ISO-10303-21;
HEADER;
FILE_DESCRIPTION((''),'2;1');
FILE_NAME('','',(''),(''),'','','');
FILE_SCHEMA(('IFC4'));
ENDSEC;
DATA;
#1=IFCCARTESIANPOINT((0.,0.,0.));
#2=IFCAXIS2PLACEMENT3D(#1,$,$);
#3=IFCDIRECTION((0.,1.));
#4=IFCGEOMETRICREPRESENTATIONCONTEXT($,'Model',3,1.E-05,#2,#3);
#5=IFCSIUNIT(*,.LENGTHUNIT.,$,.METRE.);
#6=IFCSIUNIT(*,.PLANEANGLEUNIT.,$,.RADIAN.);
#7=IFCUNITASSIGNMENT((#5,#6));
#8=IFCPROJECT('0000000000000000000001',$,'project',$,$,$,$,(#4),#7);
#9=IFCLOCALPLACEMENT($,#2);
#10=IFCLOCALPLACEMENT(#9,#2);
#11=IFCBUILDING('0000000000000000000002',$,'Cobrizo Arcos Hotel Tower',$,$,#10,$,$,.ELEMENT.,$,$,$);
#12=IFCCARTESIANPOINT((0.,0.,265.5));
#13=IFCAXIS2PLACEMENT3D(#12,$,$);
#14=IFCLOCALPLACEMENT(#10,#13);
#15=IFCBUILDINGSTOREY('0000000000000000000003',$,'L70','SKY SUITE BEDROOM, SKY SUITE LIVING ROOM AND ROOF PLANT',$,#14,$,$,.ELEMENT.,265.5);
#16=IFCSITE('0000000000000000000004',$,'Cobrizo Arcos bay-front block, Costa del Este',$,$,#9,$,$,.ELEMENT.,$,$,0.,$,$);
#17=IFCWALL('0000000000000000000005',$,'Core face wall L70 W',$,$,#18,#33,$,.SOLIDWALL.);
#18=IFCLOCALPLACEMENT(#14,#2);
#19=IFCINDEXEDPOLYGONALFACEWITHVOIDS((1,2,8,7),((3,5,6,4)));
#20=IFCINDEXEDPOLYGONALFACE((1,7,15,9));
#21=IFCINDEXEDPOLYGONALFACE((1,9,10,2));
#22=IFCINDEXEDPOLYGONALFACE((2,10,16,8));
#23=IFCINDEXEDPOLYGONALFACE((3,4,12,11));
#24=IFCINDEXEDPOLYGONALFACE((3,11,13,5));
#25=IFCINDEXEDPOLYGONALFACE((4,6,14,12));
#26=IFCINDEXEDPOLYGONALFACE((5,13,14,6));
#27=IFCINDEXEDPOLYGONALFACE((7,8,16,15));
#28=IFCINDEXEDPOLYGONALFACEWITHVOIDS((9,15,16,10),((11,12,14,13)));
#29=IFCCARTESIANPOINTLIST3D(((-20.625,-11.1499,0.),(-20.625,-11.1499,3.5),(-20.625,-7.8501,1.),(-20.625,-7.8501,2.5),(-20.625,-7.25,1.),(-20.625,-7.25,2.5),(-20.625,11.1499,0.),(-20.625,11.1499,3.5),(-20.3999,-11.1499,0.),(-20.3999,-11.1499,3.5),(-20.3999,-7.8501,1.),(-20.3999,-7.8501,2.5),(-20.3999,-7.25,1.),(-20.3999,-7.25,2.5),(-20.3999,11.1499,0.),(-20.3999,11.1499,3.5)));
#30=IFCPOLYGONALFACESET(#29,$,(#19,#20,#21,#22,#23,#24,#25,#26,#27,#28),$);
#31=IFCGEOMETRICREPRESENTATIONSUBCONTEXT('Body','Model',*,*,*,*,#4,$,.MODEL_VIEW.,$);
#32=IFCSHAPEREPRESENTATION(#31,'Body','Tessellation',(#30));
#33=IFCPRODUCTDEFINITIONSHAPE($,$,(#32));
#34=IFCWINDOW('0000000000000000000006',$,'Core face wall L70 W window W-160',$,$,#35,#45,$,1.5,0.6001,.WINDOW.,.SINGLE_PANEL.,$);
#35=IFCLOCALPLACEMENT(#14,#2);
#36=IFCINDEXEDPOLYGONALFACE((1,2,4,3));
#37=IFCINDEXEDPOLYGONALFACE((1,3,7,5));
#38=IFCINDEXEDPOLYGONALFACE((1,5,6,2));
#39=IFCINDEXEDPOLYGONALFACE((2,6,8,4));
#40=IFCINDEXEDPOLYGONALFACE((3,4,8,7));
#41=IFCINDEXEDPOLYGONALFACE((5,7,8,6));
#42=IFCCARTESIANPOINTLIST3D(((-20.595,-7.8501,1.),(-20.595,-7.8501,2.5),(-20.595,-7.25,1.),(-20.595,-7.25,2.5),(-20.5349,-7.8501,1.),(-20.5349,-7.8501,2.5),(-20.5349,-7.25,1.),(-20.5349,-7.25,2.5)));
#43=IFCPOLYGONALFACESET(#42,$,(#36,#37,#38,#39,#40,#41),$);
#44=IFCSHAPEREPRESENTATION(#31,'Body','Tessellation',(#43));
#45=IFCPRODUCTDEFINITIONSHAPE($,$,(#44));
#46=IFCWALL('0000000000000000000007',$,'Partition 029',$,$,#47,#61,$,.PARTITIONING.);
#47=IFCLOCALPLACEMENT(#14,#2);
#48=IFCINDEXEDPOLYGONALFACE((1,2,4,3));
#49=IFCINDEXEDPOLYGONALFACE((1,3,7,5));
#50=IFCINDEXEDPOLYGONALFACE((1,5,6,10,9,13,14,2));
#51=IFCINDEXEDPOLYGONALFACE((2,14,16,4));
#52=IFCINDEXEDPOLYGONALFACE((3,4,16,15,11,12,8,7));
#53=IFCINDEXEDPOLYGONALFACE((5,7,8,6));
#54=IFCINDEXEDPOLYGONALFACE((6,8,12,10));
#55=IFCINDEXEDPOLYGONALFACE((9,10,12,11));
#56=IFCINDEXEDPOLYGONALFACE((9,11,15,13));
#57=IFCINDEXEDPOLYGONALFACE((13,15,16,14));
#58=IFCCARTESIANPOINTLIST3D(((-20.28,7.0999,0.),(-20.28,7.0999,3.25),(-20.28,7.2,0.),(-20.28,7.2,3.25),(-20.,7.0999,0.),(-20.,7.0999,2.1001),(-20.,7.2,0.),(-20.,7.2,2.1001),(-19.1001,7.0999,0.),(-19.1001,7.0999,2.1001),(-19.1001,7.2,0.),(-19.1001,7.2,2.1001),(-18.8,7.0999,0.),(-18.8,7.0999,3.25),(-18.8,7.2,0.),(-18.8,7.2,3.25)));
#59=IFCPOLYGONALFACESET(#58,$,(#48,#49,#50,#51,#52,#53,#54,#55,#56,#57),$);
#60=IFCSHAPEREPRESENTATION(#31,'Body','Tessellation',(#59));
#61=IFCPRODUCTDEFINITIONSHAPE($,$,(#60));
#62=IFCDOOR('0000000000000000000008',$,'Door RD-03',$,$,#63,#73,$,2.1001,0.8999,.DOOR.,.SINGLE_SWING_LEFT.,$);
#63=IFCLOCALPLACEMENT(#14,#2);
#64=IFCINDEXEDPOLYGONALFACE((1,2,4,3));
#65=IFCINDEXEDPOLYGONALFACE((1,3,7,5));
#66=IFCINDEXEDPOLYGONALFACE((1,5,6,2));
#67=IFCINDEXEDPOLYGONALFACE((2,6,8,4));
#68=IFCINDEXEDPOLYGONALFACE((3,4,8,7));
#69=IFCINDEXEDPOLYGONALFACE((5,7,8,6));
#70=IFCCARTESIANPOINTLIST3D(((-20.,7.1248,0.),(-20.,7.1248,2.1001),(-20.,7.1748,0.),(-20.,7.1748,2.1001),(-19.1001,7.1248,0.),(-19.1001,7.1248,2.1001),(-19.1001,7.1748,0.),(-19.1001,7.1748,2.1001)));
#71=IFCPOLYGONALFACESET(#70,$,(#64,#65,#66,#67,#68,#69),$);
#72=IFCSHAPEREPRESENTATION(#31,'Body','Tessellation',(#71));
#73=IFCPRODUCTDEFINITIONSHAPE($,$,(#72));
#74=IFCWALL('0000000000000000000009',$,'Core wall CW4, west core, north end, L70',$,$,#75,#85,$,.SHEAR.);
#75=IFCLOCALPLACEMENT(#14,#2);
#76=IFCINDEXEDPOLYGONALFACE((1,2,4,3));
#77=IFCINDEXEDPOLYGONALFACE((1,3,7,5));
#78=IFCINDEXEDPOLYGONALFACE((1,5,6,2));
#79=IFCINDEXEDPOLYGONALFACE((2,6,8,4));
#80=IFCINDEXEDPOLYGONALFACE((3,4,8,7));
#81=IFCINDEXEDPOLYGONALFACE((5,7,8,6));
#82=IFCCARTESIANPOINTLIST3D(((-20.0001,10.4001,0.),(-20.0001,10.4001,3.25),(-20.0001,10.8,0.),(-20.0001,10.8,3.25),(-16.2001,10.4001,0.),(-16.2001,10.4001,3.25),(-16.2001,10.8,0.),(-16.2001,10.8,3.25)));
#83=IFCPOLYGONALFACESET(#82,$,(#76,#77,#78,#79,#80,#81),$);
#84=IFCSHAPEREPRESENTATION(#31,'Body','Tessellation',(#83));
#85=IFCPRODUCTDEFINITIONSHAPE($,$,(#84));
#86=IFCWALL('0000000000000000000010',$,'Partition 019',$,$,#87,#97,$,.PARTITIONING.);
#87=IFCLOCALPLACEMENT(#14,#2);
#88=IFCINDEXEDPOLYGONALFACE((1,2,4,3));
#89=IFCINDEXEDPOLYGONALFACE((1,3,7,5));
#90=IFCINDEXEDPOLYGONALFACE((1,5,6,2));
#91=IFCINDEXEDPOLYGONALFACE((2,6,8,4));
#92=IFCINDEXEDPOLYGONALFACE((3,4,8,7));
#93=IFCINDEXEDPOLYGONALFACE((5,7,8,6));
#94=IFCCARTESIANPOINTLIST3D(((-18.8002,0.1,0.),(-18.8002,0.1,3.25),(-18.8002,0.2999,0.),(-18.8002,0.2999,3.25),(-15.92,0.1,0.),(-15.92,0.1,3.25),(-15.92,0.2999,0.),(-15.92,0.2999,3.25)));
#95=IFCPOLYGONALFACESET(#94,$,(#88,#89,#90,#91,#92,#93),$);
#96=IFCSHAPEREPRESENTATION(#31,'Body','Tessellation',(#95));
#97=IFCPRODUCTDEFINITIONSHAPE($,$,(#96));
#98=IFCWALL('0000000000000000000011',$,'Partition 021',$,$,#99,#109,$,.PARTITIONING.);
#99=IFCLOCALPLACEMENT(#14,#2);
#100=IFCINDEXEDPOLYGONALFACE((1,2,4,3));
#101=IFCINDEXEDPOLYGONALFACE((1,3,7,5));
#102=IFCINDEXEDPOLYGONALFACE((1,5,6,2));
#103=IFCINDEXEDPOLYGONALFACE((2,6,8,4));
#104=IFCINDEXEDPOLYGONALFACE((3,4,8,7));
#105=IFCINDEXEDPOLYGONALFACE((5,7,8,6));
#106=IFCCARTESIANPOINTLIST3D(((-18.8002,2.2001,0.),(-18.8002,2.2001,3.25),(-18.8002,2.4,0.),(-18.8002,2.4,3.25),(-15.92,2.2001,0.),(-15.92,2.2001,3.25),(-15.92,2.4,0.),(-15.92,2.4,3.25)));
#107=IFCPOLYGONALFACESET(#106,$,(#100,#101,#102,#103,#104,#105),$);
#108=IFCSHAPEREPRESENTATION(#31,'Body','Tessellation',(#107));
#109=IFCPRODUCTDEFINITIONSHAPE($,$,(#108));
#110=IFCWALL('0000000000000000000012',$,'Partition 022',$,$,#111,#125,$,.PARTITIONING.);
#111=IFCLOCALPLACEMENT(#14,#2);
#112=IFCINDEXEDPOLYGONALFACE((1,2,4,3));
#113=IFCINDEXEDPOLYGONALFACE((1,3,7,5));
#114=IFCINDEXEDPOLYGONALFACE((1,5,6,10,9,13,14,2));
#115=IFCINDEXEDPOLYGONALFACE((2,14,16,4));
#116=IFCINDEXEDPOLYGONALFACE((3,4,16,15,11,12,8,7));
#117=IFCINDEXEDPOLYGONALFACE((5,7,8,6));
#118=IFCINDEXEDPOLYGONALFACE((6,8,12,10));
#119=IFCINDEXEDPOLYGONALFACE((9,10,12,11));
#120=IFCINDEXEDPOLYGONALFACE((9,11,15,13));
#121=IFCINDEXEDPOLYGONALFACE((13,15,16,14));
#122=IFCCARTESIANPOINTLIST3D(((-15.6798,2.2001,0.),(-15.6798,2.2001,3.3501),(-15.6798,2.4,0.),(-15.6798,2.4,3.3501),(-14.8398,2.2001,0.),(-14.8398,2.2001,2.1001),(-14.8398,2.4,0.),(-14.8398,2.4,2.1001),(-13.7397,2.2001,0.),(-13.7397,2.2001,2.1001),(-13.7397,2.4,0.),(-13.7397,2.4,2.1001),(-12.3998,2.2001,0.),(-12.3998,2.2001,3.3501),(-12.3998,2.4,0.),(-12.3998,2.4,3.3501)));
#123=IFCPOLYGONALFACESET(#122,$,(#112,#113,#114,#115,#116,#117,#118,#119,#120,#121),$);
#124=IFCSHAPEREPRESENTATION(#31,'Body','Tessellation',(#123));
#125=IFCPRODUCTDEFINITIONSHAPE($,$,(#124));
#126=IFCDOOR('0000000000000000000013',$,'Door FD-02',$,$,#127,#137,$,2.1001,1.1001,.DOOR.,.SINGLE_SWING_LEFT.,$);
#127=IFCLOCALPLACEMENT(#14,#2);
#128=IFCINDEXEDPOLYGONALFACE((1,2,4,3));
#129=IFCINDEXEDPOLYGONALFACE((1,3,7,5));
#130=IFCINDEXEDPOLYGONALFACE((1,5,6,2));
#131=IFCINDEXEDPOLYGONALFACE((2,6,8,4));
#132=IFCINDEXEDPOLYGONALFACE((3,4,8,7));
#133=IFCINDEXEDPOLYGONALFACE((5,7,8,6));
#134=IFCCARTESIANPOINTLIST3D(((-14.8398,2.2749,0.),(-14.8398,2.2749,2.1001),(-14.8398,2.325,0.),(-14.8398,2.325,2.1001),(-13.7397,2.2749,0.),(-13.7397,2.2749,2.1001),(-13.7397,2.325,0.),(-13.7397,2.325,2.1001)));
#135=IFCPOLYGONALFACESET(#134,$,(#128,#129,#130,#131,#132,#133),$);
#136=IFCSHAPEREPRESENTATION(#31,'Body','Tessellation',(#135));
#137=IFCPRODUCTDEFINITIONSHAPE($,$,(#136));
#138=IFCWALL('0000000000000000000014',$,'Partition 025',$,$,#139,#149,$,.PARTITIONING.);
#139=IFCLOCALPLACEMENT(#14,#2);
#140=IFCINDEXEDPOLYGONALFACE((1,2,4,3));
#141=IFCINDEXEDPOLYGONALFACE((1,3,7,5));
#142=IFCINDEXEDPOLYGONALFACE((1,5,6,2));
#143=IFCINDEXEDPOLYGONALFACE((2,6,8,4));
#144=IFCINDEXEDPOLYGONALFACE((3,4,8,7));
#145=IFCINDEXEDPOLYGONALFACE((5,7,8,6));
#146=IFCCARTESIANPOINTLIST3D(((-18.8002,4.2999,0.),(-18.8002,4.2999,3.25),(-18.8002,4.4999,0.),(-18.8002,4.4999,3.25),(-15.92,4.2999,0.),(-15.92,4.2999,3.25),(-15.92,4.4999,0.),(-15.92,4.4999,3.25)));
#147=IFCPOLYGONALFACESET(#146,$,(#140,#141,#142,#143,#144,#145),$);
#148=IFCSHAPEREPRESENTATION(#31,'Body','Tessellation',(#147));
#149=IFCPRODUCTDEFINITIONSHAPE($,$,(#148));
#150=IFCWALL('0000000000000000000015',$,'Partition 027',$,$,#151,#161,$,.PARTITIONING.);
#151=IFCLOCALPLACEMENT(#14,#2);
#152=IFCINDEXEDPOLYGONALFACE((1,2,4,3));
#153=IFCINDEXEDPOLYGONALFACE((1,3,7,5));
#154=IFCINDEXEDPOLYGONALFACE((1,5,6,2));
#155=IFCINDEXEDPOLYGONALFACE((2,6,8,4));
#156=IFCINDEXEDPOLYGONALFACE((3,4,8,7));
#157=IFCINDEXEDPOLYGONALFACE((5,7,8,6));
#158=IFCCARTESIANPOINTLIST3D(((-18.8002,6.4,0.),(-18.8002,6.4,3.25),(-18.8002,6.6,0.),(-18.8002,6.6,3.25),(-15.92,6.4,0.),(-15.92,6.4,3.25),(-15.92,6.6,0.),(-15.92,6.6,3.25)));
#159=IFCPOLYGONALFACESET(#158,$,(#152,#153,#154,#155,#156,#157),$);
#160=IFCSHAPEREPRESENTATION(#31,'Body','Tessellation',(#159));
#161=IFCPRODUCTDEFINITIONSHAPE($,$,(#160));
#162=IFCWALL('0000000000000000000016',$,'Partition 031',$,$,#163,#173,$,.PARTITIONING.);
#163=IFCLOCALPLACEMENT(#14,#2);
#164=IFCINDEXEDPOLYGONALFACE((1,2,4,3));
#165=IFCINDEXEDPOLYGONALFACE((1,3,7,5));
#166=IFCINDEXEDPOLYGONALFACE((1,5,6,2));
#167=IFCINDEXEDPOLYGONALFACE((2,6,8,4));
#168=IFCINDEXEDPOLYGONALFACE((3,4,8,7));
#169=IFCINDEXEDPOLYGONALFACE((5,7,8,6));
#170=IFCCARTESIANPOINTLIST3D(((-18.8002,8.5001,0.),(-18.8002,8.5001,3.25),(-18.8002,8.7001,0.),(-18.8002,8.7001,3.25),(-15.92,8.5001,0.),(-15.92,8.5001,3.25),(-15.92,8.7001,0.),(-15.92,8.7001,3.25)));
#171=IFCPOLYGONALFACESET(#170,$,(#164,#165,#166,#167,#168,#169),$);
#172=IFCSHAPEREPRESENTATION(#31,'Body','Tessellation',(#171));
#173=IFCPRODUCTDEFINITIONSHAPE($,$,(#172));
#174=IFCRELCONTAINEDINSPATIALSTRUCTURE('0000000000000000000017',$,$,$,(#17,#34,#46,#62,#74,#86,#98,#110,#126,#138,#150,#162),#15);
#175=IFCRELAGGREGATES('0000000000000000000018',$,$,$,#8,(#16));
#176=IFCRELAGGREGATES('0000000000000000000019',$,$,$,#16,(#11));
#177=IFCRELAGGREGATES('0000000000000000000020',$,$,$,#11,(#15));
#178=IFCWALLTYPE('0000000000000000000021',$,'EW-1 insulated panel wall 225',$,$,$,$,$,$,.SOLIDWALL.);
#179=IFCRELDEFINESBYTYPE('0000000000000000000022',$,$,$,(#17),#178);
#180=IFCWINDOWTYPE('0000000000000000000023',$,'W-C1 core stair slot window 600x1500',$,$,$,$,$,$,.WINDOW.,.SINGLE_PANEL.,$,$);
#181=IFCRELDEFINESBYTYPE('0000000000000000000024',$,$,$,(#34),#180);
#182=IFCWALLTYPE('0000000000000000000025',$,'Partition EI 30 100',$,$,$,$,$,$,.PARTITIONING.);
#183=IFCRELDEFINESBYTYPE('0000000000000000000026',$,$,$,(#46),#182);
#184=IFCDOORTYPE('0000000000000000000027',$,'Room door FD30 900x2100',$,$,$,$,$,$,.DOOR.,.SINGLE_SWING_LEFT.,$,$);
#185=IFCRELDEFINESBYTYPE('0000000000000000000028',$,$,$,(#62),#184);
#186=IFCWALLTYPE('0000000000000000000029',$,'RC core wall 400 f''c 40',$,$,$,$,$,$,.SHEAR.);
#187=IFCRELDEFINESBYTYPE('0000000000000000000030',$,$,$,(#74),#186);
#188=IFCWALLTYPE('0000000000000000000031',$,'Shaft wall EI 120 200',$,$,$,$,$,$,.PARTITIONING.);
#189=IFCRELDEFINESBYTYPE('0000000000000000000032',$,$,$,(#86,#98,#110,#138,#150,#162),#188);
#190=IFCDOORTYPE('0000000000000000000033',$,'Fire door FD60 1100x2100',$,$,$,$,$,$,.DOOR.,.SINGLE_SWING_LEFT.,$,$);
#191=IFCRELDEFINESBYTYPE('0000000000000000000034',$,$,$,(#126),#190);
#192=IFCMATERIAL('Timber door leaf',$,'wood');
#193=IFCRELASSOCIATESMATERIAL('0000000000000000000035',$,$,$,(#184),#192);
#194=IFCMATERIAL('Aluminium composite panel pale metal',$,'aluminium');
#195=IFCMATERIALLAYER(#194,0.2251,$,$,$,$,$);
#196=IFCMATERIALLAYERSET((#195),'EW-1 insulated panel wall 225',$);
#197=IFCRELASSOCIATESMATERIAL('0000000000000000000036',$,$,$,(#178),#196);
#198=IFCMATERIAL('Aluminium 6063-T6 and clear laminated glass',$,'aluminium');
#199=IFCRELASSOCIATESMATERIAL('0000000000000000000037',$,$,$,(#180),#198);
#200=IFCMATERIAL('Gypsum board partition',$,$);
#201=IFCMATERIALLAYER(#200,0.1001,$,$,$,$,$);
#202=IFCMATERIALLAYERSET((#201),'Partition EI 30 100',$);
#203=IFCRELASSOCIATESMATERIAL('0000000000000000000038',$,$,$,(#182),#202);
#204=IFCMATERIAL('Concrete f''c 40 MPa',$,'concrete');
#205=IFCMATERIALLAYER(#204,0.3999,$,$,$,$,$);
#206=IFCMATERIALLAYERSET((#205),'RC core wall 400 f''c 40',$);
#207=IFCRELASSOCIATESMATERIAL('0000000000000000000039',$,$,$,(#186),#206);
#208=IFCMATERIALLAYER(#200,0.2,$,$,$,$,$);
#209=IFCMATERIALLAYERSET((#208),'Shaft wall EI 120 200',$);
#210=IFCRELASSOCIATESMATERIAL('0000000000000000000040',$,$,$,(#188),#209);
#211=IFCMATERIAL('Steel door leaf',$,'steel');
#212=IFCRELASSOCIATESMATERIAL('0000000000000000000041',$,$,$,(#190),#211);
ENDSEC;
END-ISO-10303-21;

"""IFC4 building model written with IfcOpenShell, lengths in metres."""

from ifc_helpers import new_model, si_unit, direction, frame, frame_2d, origin, place, context, subcontext, project, spatial, rectangle, extrude, material, layer, layer_set, type_object, element, fill, save


model = new_model("IFC4")

# Units and contexts
model_context = context("Model", 3, precision=1e-05, world=origin(), true_north=direction((0.0, 1.0)))
body_context = subcontext(model_context, "Body", "Model", "MODEL_VIEW")
ifc_project = project(units=[si_unit("LENGTHUNIT", "METRE"), si_unit("PLANEANGLEUNIT", "RADIAN")], contexts=[model_context])

# Site, building, storey
site_placement = place(None, origin())
site = spatial("IfcSite", under=ifc_project, at=site_placement, Name="Cobrizo Arcos bay-front block, Costa del Este", CompositionType="ELEMENT", RefElevation=0.0)
building_placement = place(site_placement, origin())
building = spatial("IfcBuilding", under=site, at=building_placement, Name="Cobrizo Arcos Hotel Tower", CompositionType="ELEMENT")
storey_placement = place(building_placement, frame((0.0, 0.0, 265.5)))
storey = spatial("IfcBuildingStorey", under=building, at=storey_placement, Name="L70", Description="SKY SUITE BEDROOM, SKY SUITE LIVING ROOM AND ROOF PLANT", CompositionType="ELEMENT", Elevation=265.5)

# Shared definitions
ifc_material_1 = material(Name="Gypsum board partition")

# Shared definitions
ifc_material_2 = material(Name="Timber door leaf", Category="wood")
door_type_1 = type_object("IfcDoorType", Name="Room door FD30 900x2100", OperationType="SINGLE_SWING_LEFT", PredefinedType="DOOR", material=ifc_material_2)

# Wall, opening, window
ifc_material_3 = material(Name="Aluminium composite panel pale metal", Category="aluminium")
ifc_layer_1 = layer(ifc_material_3, 0.2251)
ifc_layer_set_1 = layer_set([ifc_layer_1], Name="EW-1 insulated panel wall 225")
wall_type_1 = type_object("IfcWallType", Name="EW-1 insulated panel wall 225", PredefinedType="SOLIDWALL", material=ifc_layer_set_1)
wall_1_placement = place(storey_placement, frame((-20.5125, 11.1499, 0.0), z_axis=(0.0, 0.0, 1.0), x_axis=(0.0, -1.0, 0.0)))
wall_1 = element("IfcWall", 1, at=wall_1_placement, inside=storey, type_object=wall_type_1, Name="Core face wall L70 W", PredefinedType="SOLIDWALL", context=body_context, shape_type="SweptSolid", body=[
    extrude(rectangle(XDim=22.2998, YDim=0.2251, at=frame_2d((11.1499, 0.0))), origin(), (0.0, 0.0, 1.0), 3.5),
])
opening_1_placement = place(wall_1_placement, frame((18.3999, 0.0, 1.0)))
opening_1 = element("IfcOpeningElement", 2, at=opening_1_placement, cuts=wall_1, PredefinedType="OPENING", context=body_context, shape_type="SweptSolid", body=[
    extrude(rectangle(XDim=0.6001, YDim=1.5, at=frame_2d((0.3, 0.75))), frame((0.0, 0.1245, 0.0), z_axis=(0.0, -1.0, 0.0), x_axis=(1.0, 0.0, 0.0)), (0.0, 0.0, 1.0), 0.249),
])
ifc_material_4 = material(Name="Aluminium 6063-T6 and clear laminated glass", Category="aluminium")
window_type = type_object("IfcWindowType", Name="W-C1 core stair slot window 600x1500", PartitioningType="SINGLE_PANEL", PredefinedType="WINDOW", material=ifc_material_4)
window_placement = place(opening_1_placement, origin())
window = element("IfcWindow", 3, at=window_placement, inside=storey, type_object=window_type, Name="Core face wall L70 W window W-160", OverallHeight=1.5, OverallWidth=0.6001, PartitioningType="SINGLE_PANEL", PredefinedType="WINDOW", context=body_context, shape_type="SweptSolid", body=[
    extrude(rectangle(XDim=0.6001, YDim=1.5, at=frame_2d((0.3, 0.75))), frame((0.0, -0.0225, 0.0), z_axis=(0.0, -1.0, 0.0), x_axis=(1.0, 0.0, 0.0)), (0.0, 0.0, 1.0), 0.0601),
])
fill(opening_1, window)

# Wall, opening, door
ifc_layer_2 = layer(ifc_material_1, 0.1001)
ifc_layer_set_2 = layer_set([ifc_layer_2], Name="Partition EI 30 100")
wall_type_2 = type_object("IfcWallType", Name="Partition EI 30 100", PredefinedType="PARTITIONING", material=ifc_layer_set_2)
wall_2_placement = place(storey_placement, frame((-20.28, 7.1499, 0.0), z_axis=(0.0, 0.0, 1.0), x_axis=(1.0, 0.0, 0.0)))
wall_2 = element("IfcWall", 4, at=wall_2_placement, inside=storey, type_object=wall_type_2, Name="Partition 029", PredefinedType="PARTITIONING", context=body_context, shape_type="SweptSolid", body=[
    extrude(rectangle(XDim=1.48, YDim=0.1001, at=frame_2d((0.74, 0.0))), origin(), (0.0, 0.0, 1.0), 3.25),
])
opening_2_placement = place(wall_2_placement, frame((0.28, 0.0, 0.0)))
opening_2 = element("IfcOpeningElement", 5, at=opening_2_placement, cuts=wall_2, PredefinedType="OPENING", context=body_context, shape_type="SweptSolid", body=[
    extrude(rectangle(XDim=0.8999, YDim=2.1001, at=frame_2d((0.45, 1.05))), frame((0.0, 0.062, 0.0), z_axis=(0.0, -1.0, 0.0), x_axis=(1.0, 0.0, 0.0)), (0.0, 0.0, 1.0), 0.124),
])
door_1_placement = place(opening_2_placement, origin())
door_1 = element("IfcDoor", 6, at=door_1_placement, inside=storey, type_object=door_type_1, Name="Door RD-03", OperationType="SINGLE_SWING_LEFT", OverallHeight=2.1001, OverallWidth=0.8999, PredefinedType="DOOR", context=body_context, shape_type="SweptSolid", body=[
    extrude(rectangle(XDim=0.8999, YDim=2.1001, at=frame_2d((0.45, 1.05))), frame((0.0, 0.0249, 0.0), z_axis=(0.0, -1.0, 0.0), x_axis=(1.0, 0.0, 0.0)), (0.0, 0.0, 1.0), 0.05),
])
fill(opening_2, door_1)

# Walls
ifc_material_5 = material(Name="Concrete f'c 40 MPa", Category="concrete")
ifc_layer_3 = layer(ifc_material_5, 0.3999)
ifc_layer_set_3 = layer_set([ifc_layer_3], Name="RC core wall 400 f'c 40")
wall_type_3 = type_object("IfcWallType", Name="RC core wall 400 f'c 40", PredefinedType="SHEAR", material=ifc_layer_set_3)
wall_3_placement = place(storey_placement, frame((-20.0, 10.6001, 0.0), z_axis=(0.0, 0.0, 1.0), x_axis=(1.0, 0.0, 0.0)))
element("IfcWall", 7, at=wall_3_placement, inside=storey, type_object=wall_type_3, Name="Core wall CW4, west core, north end, L70", PredefinedType="SHEAR", context=body_context, shape_type="SweptSolid", body=[
    extrude(rectangle(XDim=3.8, YDim=0.3999, at=frame_2d((1.8999, 0.0))), origin(), (0.0, 0.0, 1.0), 3.25),
])
ifc_layer_4 = layer(ifc_material_1, 0.2)
ifc_layer_set_4 = layer_set([ifc_layer_4], Name="Shaft wall EI 120 200")
wall_type_4 = type_object("IfcWallType", Name="Shaft wall EI 120 200", PredefinedType="PARTITIONING", material=ifc_layer_set_4)
for number, where, z_axis, x_axis, name in (
    (8, (-18.8, 0.2, 0.0), (0.0, 0.0, 1.0), (1.0, 0.0, 0.0), "Partition 019"),
    (9, (-18.8, 2.3, 0.0), (0.0, 0.0, 1.0), (1.0, 0.0, 0.0), "Partition 021"),
):
    element("IfcWall", number, at=place(storey_placement, frame(where, z_axis=z_axis, x_axis=x_axis)), inside=storey, type_object=wall_type_4, Name=name, PredefinedType="PARTITIONING", context=body_context, shape_type="SweptSolid", body=[
        extrude(rectangle(XDim=2.8801, YDim=0.2, at=frame_2d((1.4399, 0.0))), origin(), (0.0, 0.0, 1.0), 3.25),
    ])

# Wall, opening, door
wall_4_placement = place(storey_placement, frame((-15.6799, 2.3, 0.0), z_axis=(0.0, 0.0, 1.0), x_axis=(1.0, 0.0, 0.0)))
wall_4 = element("IfcWall", 10, at=wall_4_placement, inside=storey, type_object=wall_type_4, Name="Partition 022", PredefinedType="PARTITIONING", context=body_context, shape_type="SweptSolid", body=[
    extrude(rectangle(XDim=3.28, YDim=0.2, at=frame_2d((1.6401, 0.0))), origin(), (0.0, 0.0, 1.0), 3.3501),
])
opening_3_placement = place(wall_4_placement, frame((0.8401, 0.0, 0.0)))
opening_3 = element("IfcOpeningElement", 11, at=opening_3_placement, cuts=wall_4, PredefinedType="OPENING", context=body_context, shape_type="SweptSolid", body=[
    extrude(rectangle(XDim=1.1001, YDim=2.1001, at=frame_2d((0.55, 1.05))), frame((0.0, 0.1121, 0.0), z_axis=(0.0, -1.0, 0.0), x_axis=(1.0, 0.0, 0.0)), (0.0, 0.0, 1.0), 0.2239),
])
ifc_material_6 = material(Name="Steel door leaf", Category="steel")
door_type_2 = type_object("IfcDoorType", Name="Fire door FD60 1100x2100", OperationType="SINGLE_SWING_LEFT", PredefinedType="DOOR", material=ifc_material_6)
door_2_placement = place(opening_3_placement, origin())
door_2 = element("IfcDoor", 12, at=door_2_placement, inside=storey, type_object=door_type_2, Name="Door FD-02", OperationType="SINGLE_SWING_LEFT", OverallHeight=2.1001, OverallWidth=1.1001, PredefinedType="DOOR", context=body_context, shape_type="SweptSolid", body=[
    extrude(rectangle(XDim=1.1001, YDim=2.1001, at=frame_2d((0.55, 1.05))), frame((0.0, 0.0249, 0.0), z_axis=(0.0, -1.0, 0.0), x_axis=(1.0, 0.0, 0.0)), (0.0, 0.0, 1.0), 0.05),
])
fill(opening_3, door_2)

# Walls
for number, where, z_axis, x_axis, name in (
    (13, (-18.8, 4.3999, 0.0), (0.0, 0.0, 1.0), (1.0, 0.0, 0.0), "Partition 025"),
    (14, (-18.8, 6.5, 0.0), (0.0, 0.0, 1.0), (1.0, 0.0, 0.0), "Partition 027"),
    (15, (-18.8, 8.6001, 0.0), (0.0, 0.0, 1.0), (1.0, 0.0, 0.0), "Partition 031"),
):
    element("IfcWall", number, at=place(storey_placement, frame(where, z_axis=z_axis, x_axis=x_axis)), inside=storey, type_object=wall_type_4, Name=name, PredefinedType="PARTITIONING", context=body_context, shape_type="SweptSolid", body=[
        extrude(rectangle(XDim=2.8801, YDim=0.2, at=frame_2d((1.4399, 0.0))), origin(), (0.0, 0.0, 1.0), 3.25),
    ])

save(model, "model.ifc")
